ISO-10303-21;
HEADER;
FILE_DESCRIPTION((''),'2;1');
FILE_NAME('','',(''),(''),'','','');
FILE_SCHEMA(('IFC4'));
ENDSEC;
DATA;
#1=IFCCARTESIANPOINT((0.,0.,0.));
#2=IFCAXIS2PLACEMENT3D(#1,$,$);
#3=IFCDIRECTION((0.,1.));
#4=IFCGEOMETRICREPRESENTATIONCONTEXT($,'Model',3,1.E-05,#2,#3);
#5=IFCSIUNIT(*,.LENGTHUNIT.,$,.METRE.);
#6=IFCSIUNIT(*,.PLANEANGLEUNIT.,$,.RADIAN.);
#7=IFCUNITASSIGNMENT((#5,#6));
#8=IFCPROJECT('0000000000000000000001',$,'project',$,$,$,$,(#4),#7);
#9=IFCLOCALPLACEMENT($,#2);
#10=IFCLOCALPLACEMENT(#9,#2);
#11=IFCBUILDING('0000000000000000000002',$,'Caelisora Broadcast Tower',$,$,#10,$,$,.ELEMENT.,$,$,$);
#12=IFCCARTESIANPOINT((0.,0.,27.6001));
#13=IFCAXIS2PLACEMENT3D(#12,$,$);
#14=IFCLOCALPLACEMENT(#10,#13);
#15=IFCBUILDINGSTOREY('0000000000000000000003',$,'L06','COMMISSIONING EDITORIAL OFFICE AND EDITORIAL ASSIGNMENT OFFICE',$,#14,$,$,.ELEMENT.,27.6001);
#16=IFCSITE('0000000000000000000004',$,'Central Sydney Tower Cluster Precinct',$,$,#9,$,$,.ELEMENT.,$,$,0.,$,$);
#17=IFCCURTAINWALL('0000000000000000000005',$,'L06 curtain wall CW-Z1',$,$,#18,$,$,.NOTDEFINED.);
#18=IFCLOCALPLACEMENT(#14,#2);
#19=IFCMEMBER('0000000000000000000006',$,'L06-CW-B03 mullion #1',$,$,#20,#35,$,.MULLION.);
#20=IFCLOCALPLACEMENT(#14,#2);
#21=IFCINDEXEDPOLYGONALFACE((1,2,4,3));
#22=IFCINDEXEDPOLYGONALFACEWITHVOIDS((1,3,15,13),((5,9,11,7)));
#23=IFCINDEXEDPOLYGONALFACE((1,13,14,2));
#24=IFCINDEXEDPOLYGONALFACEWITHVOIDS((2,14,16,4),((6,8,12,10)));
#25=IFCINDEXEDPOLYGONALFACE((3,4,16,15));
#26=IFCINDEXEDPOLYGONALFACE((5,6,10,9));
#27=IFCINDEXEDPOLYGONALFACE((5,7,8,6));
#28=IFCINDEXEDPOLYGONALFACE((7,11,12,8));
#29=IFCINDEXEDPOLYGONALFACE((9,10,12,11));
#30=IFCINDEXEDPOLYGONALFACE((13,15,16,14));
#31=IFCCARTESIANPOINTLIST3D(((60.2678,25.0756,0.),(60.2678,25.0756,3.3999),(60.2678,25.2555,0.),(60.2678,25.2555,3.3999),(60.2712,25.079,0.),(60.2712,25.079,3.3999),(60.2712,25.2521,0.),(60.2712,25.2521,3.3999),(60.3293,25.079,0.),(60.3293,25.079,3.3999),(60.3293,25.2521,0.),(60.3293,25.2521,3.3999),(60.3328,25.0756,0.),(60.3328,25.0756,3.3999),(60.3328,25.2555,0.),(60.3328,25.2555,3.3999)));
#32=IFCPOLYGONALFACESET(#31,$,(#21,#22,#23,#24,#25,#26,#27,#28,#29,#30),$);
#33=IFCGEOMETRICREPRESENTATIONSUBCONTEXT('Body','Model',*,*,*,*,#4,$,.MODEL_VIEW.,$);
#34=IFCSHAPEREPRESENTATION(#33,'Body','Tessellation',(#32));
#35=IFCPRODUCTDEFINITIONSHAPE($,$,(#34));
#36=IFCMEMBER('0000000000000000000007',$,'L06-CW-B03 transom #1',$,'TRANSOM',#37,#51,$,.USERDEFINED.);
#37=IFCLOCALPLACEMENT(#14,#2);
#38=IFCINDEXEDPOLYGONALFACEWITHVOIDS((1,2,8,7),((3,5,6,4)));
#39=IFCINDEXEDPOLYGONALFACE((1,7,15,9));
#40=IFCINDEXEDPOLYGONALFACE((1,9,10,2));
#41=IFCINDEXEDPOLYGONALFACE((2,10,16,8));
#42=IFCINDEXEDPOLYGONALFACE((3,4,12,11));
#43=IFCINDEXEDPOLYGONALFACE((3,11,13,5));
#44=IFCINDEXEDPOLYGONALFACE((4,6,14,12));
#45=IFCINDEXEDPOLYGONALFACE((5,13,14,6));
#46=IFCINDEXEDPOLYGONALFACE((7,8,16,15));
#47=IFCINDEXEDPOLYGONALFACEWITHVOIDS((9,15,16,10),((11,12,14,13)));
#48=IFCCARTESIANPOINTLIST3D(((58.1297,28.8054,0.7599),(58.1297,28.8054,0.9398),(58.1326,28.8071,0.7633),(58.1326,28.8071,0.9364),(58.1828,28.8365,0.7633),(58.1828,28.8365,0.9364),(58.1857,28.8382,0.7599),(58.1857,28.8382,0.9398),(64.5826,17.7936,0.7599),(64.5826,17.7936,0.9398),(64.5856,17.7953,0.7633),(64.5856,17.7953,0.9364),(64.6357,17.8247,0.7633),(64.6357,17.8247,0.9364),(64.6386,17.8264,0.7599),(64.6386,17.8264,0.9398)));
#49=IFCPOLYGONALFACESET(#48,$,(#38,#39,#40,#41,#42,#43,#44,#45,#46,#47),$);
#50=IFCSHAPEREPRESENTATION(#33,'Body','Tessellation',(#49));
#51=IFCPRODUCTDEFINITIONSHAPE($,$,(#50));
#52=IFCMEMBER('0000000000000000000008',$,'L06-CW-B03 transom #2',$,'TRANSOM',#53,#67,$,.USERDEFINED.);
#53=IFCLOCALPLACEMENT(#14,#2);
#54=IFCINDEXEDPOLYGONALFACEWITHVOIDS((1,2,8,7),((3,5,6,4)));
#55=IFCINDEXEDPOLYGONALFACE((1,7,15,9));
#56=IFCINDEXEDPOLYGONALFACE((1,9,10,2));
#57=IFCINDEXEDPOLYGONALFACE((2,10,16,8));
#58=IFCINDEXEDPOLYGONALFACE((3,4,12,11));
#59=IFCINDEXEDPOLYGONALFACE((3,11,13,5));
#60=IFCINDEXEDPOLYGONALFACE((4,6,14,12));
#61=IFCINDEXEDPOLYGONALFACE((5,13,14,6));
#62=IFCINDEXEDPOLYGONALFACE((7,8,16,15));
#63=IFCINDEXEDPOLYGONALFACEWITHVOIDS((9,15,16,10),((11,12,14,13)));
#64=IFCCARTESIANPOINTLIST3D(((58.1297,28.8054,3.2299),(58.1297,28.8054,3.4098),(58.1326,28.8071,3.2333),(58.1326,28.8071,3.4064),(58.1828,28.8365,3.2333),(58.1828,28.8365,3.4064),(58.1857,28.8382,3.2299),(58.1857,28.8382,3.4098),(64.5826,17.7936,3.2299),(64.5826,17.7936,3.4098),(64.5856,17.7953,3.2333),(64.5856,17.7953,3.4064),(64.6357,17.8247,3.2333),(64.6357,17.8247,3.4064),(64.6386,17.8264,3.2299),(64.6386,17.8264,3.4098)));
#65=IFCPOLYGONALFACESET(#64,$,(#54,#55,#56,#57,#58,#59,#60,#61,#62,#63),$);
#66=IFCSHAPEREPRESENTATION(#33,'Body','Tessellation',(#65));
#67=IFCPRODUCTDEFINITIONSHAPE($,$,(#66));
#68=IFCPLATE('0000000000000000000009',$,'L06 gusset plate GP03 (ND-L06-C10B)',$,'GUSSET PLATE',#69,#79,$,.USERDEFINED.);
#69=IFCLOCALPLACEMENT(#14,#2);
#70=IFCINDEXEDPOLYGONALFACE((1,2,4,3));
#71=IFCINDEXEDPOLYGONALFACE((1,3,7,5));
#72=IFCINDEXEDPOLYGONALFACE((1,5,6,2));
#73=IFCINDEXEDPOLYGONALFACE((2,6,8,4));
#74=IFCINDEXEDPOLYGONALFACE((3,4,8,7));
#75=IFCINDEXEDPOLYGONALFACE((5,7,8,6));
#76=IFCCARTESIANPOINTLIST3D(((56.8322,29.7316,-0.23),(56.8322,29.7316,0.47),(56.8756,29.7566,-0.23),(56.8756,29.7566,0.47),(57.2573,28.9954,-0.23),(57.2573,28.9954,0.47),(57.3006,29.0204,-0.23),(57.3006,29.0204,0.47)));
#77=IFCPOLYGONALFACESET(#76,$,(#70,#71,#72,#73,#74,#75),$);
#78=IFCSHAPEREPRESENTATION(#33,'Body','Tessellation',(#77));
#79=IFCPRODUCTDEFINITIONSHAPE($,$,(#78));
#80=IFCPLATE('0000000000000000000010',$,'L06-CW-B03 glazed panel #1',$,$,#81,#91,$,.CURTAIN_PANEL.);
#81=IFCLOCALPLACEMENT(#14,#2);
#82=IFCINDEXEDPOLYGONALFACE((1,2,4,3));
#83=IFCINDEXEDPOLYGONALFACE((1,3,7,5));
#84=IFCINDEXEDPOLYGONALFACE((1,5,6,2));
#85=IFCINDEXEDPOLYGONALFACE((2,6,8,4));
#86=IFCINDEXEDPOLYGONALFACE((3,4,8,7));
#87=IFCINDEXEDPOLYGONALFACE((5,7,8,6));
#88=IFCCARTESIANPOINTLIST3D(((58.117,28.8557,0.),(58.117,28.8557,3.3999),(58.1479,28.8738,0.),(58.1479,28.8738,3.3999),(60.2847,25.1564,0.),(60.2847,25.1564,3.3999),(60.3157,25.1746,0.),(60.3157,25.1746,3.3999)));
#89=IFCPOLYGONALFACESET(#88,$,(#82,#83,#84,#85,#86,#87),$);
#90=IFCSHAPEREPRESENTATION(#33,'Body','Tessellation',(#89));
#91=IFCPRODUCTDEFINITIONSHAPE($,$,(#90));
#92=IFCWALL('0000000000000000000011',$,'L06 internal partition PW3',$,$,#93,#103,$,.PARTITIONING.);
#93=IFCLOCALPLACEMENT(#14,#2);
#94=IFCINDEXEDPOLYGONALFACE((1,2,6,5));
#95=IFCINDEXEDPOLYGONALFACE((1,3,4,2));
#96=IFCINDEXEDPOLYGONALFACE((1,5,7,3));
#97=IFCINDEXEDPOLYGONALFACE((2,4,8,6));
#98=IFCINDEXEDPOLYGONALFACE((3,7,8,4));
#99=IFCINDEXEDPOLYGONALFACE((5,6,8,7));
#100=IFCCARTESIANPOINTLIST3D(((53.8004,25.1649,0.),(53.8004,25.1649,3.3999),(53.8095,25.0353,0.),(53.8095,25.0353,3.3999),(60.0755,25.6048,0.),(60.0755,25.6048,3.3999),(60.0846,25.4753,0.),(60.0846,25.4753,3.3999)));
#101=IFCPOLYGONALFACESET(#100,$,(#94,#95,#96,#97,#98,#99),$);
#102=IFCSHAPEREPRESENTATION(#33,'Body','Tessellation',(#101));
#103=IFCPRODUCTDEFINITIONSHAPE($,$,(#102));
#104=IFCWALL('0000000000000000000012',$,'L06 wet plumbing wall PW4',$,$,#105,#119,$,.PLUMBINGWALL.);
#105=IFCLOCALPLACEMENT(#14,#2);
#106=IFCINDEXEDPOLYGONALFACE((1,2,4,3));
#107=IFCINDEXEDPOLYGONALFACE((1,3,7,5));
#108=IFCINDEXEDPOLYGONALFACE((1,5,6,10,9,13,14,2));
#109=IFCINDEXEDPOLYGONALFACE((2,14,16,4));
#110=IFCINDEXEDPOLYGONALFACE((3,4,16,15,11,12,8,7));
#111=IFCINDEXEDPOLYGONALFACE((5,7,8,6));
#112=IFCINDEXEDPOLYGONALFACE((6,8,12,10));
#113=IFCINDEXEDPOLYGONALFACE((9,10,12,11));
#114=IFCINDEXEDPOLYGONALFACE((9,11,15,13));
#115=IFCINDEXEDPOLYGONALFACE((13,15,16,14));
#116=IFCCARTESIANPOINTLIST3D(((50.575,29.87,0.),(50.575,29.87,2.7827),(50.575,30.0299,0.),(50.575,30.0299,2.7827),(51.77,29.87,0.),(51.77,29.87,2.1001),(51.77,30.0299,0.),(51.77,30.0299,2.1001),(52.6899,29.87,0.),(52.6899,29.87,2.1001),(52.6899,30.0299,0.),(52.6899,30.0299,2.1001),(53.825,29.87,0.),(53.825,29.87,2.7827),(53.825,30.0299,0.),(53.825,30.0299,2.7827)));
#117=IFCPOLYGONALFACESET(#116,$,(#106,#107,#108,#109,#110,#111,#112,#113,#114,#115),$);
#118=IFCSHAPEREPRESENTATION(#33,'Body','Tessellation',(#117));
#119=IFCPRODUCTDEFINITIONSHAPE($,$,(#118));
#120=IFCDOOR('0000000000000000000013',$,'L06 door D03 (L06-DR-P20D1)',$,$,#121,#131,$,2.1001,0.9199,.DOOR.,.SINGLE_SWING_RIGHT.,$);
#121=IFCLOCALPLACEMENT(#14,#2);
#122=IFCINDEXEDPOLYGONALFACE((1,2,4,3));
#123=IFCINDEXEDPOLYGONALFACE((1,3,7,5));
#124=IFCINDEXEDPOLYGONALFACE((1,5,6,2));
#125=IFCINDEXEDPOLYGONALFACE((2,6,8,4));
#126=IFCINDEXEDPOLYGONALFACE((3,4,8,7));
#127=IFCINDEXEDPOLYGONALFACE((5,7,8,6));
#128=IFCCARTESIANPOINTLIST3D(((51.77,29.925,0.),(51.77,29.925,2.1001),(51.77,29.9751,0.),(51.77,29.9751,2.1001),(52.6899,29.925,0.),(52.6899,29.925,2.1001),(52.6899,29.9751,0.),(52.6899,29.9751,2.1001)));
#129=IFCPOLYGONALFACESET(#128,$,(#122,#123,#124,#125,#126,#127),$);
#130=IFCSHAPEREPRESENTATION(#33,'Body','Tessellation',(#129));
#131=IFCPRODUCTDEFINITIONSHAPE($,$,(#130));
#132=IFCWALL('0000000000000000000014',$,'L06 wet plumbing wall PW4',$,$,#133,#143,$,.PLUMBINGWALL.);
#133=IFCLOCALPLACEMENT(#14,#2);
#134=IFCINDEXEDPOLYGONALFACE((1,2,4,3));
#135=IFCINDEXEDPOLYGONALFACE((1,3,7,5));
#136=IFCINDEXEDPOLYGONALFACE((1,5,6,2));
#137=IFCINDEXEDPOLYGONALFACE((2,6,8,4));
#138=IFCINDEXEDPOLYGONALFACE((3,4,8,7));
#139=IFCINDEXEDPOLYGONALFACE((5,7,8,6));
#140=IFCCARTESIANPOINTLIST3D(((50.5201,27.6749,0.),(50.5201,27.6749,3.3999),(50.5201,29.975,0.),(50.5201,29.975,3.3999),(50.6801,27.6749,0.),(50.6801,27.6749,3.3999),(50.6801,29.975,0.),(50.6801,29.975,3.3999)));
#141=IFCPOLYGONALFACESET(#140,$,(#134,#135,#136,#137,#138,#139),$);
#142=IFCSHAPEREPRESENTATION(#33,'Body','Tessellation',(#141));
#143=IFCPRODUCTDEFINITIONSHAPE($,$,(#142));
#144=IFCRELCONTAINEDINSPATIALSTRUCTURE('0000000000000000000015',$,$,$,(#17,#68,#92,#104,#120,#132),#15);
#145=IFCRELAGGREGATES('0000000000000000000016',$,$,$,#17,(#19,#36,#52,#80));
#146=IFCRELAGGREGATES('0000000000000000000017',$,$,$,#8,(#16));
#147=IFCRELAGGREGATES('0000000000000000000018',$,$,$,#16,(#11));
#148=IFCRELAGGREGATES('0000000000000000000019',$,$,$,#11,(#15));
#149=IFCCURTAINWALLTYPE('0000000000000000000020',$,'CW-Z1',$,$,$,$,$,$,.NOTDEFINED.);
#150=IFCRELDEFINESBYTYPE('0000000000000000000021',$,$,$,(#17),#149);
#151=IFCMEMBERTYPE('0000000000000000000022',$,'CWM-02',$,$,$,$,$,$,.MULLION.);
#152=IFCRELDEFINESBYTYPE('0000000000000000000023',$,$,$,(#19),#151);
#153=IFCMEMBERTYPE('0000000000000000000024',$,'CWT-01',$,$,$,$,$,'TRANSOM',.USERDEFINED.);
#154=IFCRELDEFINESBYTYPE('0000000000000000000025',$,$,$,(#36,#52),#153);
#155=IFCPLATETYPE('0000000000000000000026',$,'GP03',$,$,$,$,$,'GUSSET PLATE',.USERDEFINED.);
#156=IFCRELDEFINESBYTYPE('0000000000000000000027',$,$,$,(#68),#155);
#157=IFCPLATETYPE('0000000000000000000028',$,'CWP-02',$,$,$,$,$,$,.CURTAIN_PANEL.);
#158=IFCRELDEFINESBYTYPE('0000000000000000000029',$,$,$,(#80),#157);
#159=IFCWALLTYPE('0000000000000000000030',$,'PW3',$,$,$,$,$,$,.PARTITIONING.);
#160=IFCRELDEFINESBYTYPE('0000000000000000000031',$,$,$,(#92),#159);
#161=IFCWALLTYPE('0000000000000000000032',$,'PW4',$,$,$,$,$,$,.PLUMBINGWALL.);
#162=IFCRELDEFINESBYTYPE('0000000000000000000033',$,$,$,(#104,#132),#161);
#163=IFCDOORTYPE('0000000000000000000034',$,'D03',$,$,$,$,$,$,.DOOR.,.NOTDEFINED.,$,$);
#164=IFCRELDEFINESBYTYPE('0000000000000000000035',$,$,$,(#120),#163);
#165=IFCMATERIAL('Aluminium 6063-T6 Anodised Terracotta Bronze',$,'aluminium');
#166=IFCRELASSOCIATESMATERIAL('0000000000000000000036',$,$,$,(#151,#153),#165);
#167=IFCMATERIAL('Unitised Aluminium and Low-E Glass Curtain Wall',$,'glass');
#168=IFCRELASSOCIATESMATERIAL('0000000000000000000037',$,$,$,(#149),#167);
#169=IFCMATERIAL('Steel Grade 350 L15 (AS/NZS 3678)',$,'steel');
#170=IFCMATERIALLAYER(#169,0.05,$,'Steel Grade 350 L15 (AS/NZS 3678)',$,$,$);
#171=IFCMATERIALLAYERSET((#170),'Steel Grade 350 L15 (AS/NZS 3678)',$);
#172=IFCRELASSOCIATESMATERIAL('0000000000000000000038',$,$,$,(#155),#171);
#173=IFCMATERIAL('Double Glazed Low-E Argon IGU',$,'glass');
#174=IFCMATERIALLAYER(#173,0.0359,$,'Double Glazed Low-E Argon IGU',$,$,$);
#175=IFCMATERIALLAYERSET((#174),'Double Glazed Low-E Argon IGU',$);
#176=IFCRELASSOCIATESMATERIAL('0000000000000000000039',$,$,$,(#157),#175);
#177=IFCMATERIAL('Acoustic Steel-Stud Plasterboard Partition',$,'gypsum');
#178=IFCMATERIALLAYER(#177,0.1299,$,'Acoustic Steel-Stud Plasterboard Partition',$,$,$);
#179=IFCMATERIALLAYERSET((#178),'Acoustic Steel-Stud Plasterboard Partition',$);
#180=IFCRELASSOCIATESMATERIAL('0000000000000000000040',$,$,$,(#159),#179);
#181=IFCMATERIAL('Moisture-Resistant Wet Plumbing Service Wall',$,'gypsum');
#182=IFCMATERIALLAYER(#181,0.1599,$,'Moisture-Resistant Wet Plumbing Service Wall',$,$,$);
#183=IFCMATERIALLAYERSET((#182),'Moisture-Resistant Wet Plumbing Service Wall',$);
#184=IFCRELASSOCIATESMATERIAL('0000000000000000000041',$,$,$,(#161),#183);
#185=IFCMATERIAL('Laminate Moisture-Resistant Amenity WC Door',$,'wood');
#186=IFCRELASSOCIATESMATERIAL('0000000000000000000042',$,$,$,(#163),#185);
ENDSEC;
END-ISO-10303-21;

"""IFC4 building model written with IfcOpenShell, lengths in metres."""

from ifc_helpers import new_model, si_unit, direction, frame, frame_2d, origin, origin_2d, place, context, subcontext, project, spatial, rectangle, hollow_rectangle, extrude, source, transform, mapped, material, layer, layer_set, material_profile, profile_set, type_object, type_shapes, element, fill, aggregate, save


model = new_model("IFC4")

# Units and contexts
model_context = context("Model", 3, precision=1e-05, world=origin(), true_north=direction((0.0, 1.0)))
body_context = subcontext(model_context, "Body", "Model", "MODEL_VIEW")
ifc_project = project(units=[si_unit("LENGTHUNIT", "METRE"), si_unit("PLANEANGLEUNIT", "RADIAN")], contexts=[model_context])

# Site, building, storey
site_placement = place(None, origin())
site = spatial("IfcSite", under=ifc_project, at=site_placement, Name="Central Sydney Tower Cluster Precinct", CompositionType="ELEMENT", RefElevation=0.0)
building_placement = place(site_placement, origin())
building = spatial("IfcBuilding", under=site, at=building_placement, Name="Caelisora Broadcast Tower", CompositionType="ELEMENT")
storey_placement = place(building_placement, frame((0.0, 0.0, 27.6001)))
storey = spatial("IfcBuildingStorey", under=building, at=storey_placement, Name="L06", Description="COMMISSIONING EDITORIAL OFFICE AND EDITORIAL ASSIGNMENT OFFICE", CompositionType="ELEMENT", Elevation=27.6001)

# Shared definitions
ifc_material_1 = material(Name="Steel Grade 350 L15 (AS/NZS 3678)", Category="steel")

# Shared definitions
ifc_material_2 = material(Name="Aluminium 6063-T6 Anodised Terracotta Bronze", Category="aluminium")
ifc_material_profile_1 = material_profile(ifc_material_2, hollow_rectangle(XDim=0.0649, YDim=0.1799, WallThickness=0.0034, at=origin_2d()), Name="Aluminium 6063-T6 Anodised Terracotta Bronze")
ifc_profile_set_1 = profile_set([ifc_material_profile_1], Name="Aluminium 6063-T6 Anodised Terracotta Bronze")
member_type_1 = type_object("IfcMemberType", Name="CWM-02", PredefinedType="MULLION", material=ifc_profile_set_1)
shared_shape_1 = source(origin(), body_context, "Body", "SweptSolid", [
    extrude(hollow_rectangle(XDim=0.0649, YDim=0.1799, WallThickness=0.0034, at=origin_2d()), origin(), (0.0, 0.0, 1.0), 3.3999),
])
type_shapes(member_type_1, [shared_shape_1])

# Curtain wall, members
ifc_material_3 = material(Name="Unitised Aluminium and Low-E Glass Curtain Wall", Category="glass")
curtain_wall_type_1 = type_object("IfcCurtainWallType", Name="CW-Z1", PredefinedType="NOTDEFINED", material=ifc_material_3)
curtain_wall_1_placement = place(storey_placement, origin())
curtain_wall_1 = element("IfcCurtainWall", 1, at=curtain_wall_1_placement, inside=storey, type_object=curtain_wall_type_1, Name="L06 curtain wall CW-Z1", PredefinedType="NOTDEFINED")
member_1_placement = place(storey_placement, frame((60.3003, 25.1655, 0.0), z_axis=(0.0, 0.0, 1.0), x_axis=(1.0, 0.0, 0.0)))
member_1 = element("IfcMember", 2, at=member_1_placement, type_object=member_type_1, Name="L06-CW-B03 mullion #1", PredefinedType="MULLION", context=body_context, shape_type="MappedRepresentation", body=[
    mapped(shared_shape_1, transform((0.0, 0.0, 0.0), scale=1.0)),
])
ifc_material_profile_2 = material_profile(ifc_material_2, hollow_rectangle(XDim=0.0649, YDim=0.1799, WallThickness=0.0034, at=origin_2d()), Name="Aluminium 6063-T6 Anodised Terracotta Bronze")
ifc_profile_set_2 = profile_set([ifc_material_profile_2], Name="Aluminium 6063-T6 Anodised Terracotta Bronze")
member_type_2 = type_object("IfcMemberType", Name="CWT-01", ElementType="TRANSOM", PredefinedType="USERDEFINED", material=ifc_profile_set_2)
shared_shape_2 = source(origin(), body_context, "Body", "SweptSolid", [
    extrude(hollow_rectangle(XDim=0.0649, YDim=0.1799, WallThickness=0.0034, at=origin_2d()), origin(), (0.0, 0.0, 1.0), 12.7632),
])
type_shapes(member_type_2, [shared_shape_2])
member_2_placement = place(storey_placement, frame((58.1577, 28.8218, 0.8499), z_axis=(0.505587, -0.862775, 0.0), x_axis=(0.862775, 0.505587, 0.0)))
member_2 = element("IfcMember", 3, at=member_2_placement, type_object=member_type_2, Name="L06-CW-B03 transom #1", ObjectType="TRANSOM", PredefinedType="USERDEFINED", context=body_context, shape_type="MappedRepresentation", body=[
    mapped(shared_shape_2, transform((0.0, 0.0, 0.0), scale=1.0)),
])
member_3_placement = place(storey_placement, frame((58.1577, 28.8218, 3.3198), z_axis=(0.505587, -0.862775, 0.0), x_axis=(0.862775, 0.505587, 0.0)))
member_3 = element("IfcMember", 4, at=member_3_placement, type_object=member_type_2, Name="L06-CW-B03 transom #2", ObjectType="TRANSOM", PredefinedType="USERDEFINED", context=body_context, shape_type="MappedRepresentation", body=[
    mapped(shared_shape_2, transform((0.0, 0.0, 0.0), scale=1.0)),
])

# Plates
ifc_layer_1 = layer(ifc_material_1, 0.05, Name="Steel Grade 350 L15 (AS/NZS 3678)")
ifc_layer_set_1 = layer_set([ifc_layer_1], Name="Steel Grade 350 L15 (AS/NZS 3678)")
plate_type_1 = type_object("IfcPlateType", Name="GP03", ElementType="GUSSET PLATE", PredefinedType="USERDEFINED", material=ifc_layer_set_1)
shared_shape_3 = source(origin(), body_context, "Body", "SweptSolid", [
    extrude(rectangle(XDim=0.8501, YDim=0.05, at=origin_2d()), origin(), (0.0, 0.0, 1.0), 0.7),
])
type_shapes(plate_type_1, [shared_shape_3])
plate_1_placement = place(storey_placement, frame((57.0664, 29.376, -0.23), z_axis=(0.0, 0.0, 1.0), x_axis=(-0.5, 0.866025, 0.0)))
element("IfcPlate", 5, at=plate_1_placement, inside=storey, type_object=plate_type_1, Name="L06 gusset plate GP03 (ND-L06-C10B)", ObjectType="GUSSET PLATE", PredefinedType="USERDEFINED", context=body_context, shape_type="MappedRepresentation", body=[
    mapped(shared_shape_3, transform((0.0, 0.0, 0.0), scale=1.0)),
])
ifc_material_4 = material(Name="Double Glazed Low-E Argon IGU", Category="glass")
ifc_layer_2 = layer(ifc_material_4, 0.0359, Name="Double Glazed Low-E Argon IGU")
ifc_layer_set_2 = layer_set([ifc_layer_2], Name="Double Glazed Low-E Argon IGU")
plate_type_2 = type_object("IfcPlateType", Name="CWP-02", PredefinedType="CURTAIN_PANEL", material=ifc_layer_set_2)
shared_shape_4 = source(origin(), body_context, "Body", "SweptSolid", [
    extrude(rectangle(XDim=4.2876, YDim=0.0359, at=origin_2d()), origin(), (0.0, 0.0, 1.0), 3.3999),
])
type_shapes(plate_type_2, [shared_shape_4])
plate_2_placement = place(storey_placement, frame((59.2163, 27.0151, 0.0), z_axis=(0.0, 0.0, 1.0), x_axis=(0.505582, -0.862779, 0.0)))
plate_2 = element("IfcPlate", 6, at=plate_2_placement, type_object=plate_type_2, Name="L06-CW-B03 glazed panel #1", PredefinedType="CURTAIN_PANEL", context=body_context, shape_type="MappedRepresentation", body=[
    mapped(shared_shape_4, transform((0.0, 0.0, 0.0), scale=1.0)),
])
aggregate(curtain_wall_1, [member_1, member_2, member_3, plate_2])

# Wall
ifc_material_5 = material(Name="Acoustic Steel-Stud Plasterboard Partition", Category="gypsum")
ifc_layer_3 = layer(ifc_material_5, 0.1299, Name="Acoustic Steel-Stud Plasterboard Partition")
ifc_layer_set_3 = layer_set([ifc_layer_3], Name="Acoustic Steel-Stud Plasterboard Partition")
wall_type_1 = type_object("IfcWallType", Name="PW3", PredefinedType="PARTITIONING", material=ifc_layer_set_3)
wall_1_placement = place(storey_placement, frame((53.8049, 25.1001, 0.0), z_axis=(0.0, 0.0, 1.0), x_axis=(0.997551, 0.069937, 0.0)))
element("IfcWall", 7, at=wall_1_placement, inside=storey, type_object=wall_type_1, Name="L06 internal partition PW3", PredefinedType="PARTITIONING", context=body_context, shape_type="SweptSolid", body=[
    extrude(rectangle(XDim=6.2905, YDim=0.1299, at=frame_2d((3.1453, 0.0))), origin(), (0.0, 0.0, 1.0), 3.3999),
])

# Wall, opening, door
ifc_material_6 = material(Name="Moisture-Resistant Wet Plumbing Service Wall", Category="gypsum")
ifc_layer_4 = layer(ifc_material_6, 0.1599, Name="Moisture-Resistant Wet Plumbing Service Wall")
ifc_layer_set_4 = layer_set([ifc_layer_4], Name="Moisture-Resistant Wet Plumbing Service Wall")
wall_type_2 = type_object("IfcWallType", Name="PW4", PredefinedType="PLUMBINGWALL", material=ifc_layer_set_4)
wall_2_placement = place(storey_placement, frame((53.825, 29.95, 0.0), z_axis=(0.0, 0.0, 1.0), x_axis=(-1.0, 0.0, 0.0)))
wall_2 = element("IfcWall", 8, at=wall_2_placement, inside=storey, type_object=wall_type_2, Name="L06 wet plumbing wall PW4", PredefinedType="PLUMBINGWALL", context=body_context, shape_type="SweptSolid", body=[
    extrude(rectangle(XDim=3.25, YDim=0.1599, at=frame_2d((1.625, 0.0))), origin(), (0.0, 0.0, 1.0), 2.7827),
])
opening_1_placement = place(wall_2_placement, frame((1.135, 0.0, 0.0)))
opening_1 = element("IfcOpeningElement", 9, at=opening_1_placement, cuts=wall_2, PredefinedType="OPENING", context=body_context, shape_type="SweptSolid", body=[
    extrude(rectangle(XDim=0.9199, YDim=2.1001, at=frame_2d((0.46, 1.05))), frame((0.0, 0.092, 0.0), z_axis=(0.0, -1.0, 0.0), x_axis=(1.0, 0.0, 0.0)), (0.0, 0.0, 1.0), 0.1838),
])
ifc_material_7 = material(Name="Laminate Moisture-Resistant Amenity WC Door", Category="wood")
door_type = type_object("IfcDoorType", Name="D03", OperationType="NOTDEFINED", PredefinedType="DOOR", material=ifc_material_7)
door_1_placement = place(opening_1_placement, origin())
door_1 = element("IfcDoor", 10, at=door_1_placement, inside=storey, type_object=door_type, Name="L06 door D03 (L06-DR-P20D1)", OperationType="SINGLE_SWING_RIGHT", OverallHeight=2.1001, OverallWidth=0.9199, PredefinedType="DOOR", context=body_context, shape_type="SweptSolid", body=[
    extrude(rectangle(XDim=0.9199, YDim=2.1001, at=frame_2d((0.46, 1.05))), frame((0.0, 0.0249, 0.0), z_axis=(0.0, -1.0, 0.0), x_axis=(1.0, 0.0, 0.0)), (0.0, 0.0, 1.0), 0.05),
])
fill(opening_1, door_1)

# Wall
wall_3_placement = place(storey_placement, frame((50.6001, 27.675, 0.0), z_axis=(0.0, 0.0, 1.0), x_axis=(0.0, 1.0, 0.0)))
element("IfcWall", 11, at=wall_3_placement, inside=storey, type_object=wall_type_2, Name="L06 wet plumbing wall PW4", PredefinedType="PLUMBINGWALL", context=body_context, shape_type="SweptSolid", body=[
    extrude(rectangle(XDim=2.3, YDim=0.1599, at=frame_2d((1.1499, 0.0))), origin(), (0.0, 0.0, 1.0), 3.3999),
])

save(model, "model.ifc")
